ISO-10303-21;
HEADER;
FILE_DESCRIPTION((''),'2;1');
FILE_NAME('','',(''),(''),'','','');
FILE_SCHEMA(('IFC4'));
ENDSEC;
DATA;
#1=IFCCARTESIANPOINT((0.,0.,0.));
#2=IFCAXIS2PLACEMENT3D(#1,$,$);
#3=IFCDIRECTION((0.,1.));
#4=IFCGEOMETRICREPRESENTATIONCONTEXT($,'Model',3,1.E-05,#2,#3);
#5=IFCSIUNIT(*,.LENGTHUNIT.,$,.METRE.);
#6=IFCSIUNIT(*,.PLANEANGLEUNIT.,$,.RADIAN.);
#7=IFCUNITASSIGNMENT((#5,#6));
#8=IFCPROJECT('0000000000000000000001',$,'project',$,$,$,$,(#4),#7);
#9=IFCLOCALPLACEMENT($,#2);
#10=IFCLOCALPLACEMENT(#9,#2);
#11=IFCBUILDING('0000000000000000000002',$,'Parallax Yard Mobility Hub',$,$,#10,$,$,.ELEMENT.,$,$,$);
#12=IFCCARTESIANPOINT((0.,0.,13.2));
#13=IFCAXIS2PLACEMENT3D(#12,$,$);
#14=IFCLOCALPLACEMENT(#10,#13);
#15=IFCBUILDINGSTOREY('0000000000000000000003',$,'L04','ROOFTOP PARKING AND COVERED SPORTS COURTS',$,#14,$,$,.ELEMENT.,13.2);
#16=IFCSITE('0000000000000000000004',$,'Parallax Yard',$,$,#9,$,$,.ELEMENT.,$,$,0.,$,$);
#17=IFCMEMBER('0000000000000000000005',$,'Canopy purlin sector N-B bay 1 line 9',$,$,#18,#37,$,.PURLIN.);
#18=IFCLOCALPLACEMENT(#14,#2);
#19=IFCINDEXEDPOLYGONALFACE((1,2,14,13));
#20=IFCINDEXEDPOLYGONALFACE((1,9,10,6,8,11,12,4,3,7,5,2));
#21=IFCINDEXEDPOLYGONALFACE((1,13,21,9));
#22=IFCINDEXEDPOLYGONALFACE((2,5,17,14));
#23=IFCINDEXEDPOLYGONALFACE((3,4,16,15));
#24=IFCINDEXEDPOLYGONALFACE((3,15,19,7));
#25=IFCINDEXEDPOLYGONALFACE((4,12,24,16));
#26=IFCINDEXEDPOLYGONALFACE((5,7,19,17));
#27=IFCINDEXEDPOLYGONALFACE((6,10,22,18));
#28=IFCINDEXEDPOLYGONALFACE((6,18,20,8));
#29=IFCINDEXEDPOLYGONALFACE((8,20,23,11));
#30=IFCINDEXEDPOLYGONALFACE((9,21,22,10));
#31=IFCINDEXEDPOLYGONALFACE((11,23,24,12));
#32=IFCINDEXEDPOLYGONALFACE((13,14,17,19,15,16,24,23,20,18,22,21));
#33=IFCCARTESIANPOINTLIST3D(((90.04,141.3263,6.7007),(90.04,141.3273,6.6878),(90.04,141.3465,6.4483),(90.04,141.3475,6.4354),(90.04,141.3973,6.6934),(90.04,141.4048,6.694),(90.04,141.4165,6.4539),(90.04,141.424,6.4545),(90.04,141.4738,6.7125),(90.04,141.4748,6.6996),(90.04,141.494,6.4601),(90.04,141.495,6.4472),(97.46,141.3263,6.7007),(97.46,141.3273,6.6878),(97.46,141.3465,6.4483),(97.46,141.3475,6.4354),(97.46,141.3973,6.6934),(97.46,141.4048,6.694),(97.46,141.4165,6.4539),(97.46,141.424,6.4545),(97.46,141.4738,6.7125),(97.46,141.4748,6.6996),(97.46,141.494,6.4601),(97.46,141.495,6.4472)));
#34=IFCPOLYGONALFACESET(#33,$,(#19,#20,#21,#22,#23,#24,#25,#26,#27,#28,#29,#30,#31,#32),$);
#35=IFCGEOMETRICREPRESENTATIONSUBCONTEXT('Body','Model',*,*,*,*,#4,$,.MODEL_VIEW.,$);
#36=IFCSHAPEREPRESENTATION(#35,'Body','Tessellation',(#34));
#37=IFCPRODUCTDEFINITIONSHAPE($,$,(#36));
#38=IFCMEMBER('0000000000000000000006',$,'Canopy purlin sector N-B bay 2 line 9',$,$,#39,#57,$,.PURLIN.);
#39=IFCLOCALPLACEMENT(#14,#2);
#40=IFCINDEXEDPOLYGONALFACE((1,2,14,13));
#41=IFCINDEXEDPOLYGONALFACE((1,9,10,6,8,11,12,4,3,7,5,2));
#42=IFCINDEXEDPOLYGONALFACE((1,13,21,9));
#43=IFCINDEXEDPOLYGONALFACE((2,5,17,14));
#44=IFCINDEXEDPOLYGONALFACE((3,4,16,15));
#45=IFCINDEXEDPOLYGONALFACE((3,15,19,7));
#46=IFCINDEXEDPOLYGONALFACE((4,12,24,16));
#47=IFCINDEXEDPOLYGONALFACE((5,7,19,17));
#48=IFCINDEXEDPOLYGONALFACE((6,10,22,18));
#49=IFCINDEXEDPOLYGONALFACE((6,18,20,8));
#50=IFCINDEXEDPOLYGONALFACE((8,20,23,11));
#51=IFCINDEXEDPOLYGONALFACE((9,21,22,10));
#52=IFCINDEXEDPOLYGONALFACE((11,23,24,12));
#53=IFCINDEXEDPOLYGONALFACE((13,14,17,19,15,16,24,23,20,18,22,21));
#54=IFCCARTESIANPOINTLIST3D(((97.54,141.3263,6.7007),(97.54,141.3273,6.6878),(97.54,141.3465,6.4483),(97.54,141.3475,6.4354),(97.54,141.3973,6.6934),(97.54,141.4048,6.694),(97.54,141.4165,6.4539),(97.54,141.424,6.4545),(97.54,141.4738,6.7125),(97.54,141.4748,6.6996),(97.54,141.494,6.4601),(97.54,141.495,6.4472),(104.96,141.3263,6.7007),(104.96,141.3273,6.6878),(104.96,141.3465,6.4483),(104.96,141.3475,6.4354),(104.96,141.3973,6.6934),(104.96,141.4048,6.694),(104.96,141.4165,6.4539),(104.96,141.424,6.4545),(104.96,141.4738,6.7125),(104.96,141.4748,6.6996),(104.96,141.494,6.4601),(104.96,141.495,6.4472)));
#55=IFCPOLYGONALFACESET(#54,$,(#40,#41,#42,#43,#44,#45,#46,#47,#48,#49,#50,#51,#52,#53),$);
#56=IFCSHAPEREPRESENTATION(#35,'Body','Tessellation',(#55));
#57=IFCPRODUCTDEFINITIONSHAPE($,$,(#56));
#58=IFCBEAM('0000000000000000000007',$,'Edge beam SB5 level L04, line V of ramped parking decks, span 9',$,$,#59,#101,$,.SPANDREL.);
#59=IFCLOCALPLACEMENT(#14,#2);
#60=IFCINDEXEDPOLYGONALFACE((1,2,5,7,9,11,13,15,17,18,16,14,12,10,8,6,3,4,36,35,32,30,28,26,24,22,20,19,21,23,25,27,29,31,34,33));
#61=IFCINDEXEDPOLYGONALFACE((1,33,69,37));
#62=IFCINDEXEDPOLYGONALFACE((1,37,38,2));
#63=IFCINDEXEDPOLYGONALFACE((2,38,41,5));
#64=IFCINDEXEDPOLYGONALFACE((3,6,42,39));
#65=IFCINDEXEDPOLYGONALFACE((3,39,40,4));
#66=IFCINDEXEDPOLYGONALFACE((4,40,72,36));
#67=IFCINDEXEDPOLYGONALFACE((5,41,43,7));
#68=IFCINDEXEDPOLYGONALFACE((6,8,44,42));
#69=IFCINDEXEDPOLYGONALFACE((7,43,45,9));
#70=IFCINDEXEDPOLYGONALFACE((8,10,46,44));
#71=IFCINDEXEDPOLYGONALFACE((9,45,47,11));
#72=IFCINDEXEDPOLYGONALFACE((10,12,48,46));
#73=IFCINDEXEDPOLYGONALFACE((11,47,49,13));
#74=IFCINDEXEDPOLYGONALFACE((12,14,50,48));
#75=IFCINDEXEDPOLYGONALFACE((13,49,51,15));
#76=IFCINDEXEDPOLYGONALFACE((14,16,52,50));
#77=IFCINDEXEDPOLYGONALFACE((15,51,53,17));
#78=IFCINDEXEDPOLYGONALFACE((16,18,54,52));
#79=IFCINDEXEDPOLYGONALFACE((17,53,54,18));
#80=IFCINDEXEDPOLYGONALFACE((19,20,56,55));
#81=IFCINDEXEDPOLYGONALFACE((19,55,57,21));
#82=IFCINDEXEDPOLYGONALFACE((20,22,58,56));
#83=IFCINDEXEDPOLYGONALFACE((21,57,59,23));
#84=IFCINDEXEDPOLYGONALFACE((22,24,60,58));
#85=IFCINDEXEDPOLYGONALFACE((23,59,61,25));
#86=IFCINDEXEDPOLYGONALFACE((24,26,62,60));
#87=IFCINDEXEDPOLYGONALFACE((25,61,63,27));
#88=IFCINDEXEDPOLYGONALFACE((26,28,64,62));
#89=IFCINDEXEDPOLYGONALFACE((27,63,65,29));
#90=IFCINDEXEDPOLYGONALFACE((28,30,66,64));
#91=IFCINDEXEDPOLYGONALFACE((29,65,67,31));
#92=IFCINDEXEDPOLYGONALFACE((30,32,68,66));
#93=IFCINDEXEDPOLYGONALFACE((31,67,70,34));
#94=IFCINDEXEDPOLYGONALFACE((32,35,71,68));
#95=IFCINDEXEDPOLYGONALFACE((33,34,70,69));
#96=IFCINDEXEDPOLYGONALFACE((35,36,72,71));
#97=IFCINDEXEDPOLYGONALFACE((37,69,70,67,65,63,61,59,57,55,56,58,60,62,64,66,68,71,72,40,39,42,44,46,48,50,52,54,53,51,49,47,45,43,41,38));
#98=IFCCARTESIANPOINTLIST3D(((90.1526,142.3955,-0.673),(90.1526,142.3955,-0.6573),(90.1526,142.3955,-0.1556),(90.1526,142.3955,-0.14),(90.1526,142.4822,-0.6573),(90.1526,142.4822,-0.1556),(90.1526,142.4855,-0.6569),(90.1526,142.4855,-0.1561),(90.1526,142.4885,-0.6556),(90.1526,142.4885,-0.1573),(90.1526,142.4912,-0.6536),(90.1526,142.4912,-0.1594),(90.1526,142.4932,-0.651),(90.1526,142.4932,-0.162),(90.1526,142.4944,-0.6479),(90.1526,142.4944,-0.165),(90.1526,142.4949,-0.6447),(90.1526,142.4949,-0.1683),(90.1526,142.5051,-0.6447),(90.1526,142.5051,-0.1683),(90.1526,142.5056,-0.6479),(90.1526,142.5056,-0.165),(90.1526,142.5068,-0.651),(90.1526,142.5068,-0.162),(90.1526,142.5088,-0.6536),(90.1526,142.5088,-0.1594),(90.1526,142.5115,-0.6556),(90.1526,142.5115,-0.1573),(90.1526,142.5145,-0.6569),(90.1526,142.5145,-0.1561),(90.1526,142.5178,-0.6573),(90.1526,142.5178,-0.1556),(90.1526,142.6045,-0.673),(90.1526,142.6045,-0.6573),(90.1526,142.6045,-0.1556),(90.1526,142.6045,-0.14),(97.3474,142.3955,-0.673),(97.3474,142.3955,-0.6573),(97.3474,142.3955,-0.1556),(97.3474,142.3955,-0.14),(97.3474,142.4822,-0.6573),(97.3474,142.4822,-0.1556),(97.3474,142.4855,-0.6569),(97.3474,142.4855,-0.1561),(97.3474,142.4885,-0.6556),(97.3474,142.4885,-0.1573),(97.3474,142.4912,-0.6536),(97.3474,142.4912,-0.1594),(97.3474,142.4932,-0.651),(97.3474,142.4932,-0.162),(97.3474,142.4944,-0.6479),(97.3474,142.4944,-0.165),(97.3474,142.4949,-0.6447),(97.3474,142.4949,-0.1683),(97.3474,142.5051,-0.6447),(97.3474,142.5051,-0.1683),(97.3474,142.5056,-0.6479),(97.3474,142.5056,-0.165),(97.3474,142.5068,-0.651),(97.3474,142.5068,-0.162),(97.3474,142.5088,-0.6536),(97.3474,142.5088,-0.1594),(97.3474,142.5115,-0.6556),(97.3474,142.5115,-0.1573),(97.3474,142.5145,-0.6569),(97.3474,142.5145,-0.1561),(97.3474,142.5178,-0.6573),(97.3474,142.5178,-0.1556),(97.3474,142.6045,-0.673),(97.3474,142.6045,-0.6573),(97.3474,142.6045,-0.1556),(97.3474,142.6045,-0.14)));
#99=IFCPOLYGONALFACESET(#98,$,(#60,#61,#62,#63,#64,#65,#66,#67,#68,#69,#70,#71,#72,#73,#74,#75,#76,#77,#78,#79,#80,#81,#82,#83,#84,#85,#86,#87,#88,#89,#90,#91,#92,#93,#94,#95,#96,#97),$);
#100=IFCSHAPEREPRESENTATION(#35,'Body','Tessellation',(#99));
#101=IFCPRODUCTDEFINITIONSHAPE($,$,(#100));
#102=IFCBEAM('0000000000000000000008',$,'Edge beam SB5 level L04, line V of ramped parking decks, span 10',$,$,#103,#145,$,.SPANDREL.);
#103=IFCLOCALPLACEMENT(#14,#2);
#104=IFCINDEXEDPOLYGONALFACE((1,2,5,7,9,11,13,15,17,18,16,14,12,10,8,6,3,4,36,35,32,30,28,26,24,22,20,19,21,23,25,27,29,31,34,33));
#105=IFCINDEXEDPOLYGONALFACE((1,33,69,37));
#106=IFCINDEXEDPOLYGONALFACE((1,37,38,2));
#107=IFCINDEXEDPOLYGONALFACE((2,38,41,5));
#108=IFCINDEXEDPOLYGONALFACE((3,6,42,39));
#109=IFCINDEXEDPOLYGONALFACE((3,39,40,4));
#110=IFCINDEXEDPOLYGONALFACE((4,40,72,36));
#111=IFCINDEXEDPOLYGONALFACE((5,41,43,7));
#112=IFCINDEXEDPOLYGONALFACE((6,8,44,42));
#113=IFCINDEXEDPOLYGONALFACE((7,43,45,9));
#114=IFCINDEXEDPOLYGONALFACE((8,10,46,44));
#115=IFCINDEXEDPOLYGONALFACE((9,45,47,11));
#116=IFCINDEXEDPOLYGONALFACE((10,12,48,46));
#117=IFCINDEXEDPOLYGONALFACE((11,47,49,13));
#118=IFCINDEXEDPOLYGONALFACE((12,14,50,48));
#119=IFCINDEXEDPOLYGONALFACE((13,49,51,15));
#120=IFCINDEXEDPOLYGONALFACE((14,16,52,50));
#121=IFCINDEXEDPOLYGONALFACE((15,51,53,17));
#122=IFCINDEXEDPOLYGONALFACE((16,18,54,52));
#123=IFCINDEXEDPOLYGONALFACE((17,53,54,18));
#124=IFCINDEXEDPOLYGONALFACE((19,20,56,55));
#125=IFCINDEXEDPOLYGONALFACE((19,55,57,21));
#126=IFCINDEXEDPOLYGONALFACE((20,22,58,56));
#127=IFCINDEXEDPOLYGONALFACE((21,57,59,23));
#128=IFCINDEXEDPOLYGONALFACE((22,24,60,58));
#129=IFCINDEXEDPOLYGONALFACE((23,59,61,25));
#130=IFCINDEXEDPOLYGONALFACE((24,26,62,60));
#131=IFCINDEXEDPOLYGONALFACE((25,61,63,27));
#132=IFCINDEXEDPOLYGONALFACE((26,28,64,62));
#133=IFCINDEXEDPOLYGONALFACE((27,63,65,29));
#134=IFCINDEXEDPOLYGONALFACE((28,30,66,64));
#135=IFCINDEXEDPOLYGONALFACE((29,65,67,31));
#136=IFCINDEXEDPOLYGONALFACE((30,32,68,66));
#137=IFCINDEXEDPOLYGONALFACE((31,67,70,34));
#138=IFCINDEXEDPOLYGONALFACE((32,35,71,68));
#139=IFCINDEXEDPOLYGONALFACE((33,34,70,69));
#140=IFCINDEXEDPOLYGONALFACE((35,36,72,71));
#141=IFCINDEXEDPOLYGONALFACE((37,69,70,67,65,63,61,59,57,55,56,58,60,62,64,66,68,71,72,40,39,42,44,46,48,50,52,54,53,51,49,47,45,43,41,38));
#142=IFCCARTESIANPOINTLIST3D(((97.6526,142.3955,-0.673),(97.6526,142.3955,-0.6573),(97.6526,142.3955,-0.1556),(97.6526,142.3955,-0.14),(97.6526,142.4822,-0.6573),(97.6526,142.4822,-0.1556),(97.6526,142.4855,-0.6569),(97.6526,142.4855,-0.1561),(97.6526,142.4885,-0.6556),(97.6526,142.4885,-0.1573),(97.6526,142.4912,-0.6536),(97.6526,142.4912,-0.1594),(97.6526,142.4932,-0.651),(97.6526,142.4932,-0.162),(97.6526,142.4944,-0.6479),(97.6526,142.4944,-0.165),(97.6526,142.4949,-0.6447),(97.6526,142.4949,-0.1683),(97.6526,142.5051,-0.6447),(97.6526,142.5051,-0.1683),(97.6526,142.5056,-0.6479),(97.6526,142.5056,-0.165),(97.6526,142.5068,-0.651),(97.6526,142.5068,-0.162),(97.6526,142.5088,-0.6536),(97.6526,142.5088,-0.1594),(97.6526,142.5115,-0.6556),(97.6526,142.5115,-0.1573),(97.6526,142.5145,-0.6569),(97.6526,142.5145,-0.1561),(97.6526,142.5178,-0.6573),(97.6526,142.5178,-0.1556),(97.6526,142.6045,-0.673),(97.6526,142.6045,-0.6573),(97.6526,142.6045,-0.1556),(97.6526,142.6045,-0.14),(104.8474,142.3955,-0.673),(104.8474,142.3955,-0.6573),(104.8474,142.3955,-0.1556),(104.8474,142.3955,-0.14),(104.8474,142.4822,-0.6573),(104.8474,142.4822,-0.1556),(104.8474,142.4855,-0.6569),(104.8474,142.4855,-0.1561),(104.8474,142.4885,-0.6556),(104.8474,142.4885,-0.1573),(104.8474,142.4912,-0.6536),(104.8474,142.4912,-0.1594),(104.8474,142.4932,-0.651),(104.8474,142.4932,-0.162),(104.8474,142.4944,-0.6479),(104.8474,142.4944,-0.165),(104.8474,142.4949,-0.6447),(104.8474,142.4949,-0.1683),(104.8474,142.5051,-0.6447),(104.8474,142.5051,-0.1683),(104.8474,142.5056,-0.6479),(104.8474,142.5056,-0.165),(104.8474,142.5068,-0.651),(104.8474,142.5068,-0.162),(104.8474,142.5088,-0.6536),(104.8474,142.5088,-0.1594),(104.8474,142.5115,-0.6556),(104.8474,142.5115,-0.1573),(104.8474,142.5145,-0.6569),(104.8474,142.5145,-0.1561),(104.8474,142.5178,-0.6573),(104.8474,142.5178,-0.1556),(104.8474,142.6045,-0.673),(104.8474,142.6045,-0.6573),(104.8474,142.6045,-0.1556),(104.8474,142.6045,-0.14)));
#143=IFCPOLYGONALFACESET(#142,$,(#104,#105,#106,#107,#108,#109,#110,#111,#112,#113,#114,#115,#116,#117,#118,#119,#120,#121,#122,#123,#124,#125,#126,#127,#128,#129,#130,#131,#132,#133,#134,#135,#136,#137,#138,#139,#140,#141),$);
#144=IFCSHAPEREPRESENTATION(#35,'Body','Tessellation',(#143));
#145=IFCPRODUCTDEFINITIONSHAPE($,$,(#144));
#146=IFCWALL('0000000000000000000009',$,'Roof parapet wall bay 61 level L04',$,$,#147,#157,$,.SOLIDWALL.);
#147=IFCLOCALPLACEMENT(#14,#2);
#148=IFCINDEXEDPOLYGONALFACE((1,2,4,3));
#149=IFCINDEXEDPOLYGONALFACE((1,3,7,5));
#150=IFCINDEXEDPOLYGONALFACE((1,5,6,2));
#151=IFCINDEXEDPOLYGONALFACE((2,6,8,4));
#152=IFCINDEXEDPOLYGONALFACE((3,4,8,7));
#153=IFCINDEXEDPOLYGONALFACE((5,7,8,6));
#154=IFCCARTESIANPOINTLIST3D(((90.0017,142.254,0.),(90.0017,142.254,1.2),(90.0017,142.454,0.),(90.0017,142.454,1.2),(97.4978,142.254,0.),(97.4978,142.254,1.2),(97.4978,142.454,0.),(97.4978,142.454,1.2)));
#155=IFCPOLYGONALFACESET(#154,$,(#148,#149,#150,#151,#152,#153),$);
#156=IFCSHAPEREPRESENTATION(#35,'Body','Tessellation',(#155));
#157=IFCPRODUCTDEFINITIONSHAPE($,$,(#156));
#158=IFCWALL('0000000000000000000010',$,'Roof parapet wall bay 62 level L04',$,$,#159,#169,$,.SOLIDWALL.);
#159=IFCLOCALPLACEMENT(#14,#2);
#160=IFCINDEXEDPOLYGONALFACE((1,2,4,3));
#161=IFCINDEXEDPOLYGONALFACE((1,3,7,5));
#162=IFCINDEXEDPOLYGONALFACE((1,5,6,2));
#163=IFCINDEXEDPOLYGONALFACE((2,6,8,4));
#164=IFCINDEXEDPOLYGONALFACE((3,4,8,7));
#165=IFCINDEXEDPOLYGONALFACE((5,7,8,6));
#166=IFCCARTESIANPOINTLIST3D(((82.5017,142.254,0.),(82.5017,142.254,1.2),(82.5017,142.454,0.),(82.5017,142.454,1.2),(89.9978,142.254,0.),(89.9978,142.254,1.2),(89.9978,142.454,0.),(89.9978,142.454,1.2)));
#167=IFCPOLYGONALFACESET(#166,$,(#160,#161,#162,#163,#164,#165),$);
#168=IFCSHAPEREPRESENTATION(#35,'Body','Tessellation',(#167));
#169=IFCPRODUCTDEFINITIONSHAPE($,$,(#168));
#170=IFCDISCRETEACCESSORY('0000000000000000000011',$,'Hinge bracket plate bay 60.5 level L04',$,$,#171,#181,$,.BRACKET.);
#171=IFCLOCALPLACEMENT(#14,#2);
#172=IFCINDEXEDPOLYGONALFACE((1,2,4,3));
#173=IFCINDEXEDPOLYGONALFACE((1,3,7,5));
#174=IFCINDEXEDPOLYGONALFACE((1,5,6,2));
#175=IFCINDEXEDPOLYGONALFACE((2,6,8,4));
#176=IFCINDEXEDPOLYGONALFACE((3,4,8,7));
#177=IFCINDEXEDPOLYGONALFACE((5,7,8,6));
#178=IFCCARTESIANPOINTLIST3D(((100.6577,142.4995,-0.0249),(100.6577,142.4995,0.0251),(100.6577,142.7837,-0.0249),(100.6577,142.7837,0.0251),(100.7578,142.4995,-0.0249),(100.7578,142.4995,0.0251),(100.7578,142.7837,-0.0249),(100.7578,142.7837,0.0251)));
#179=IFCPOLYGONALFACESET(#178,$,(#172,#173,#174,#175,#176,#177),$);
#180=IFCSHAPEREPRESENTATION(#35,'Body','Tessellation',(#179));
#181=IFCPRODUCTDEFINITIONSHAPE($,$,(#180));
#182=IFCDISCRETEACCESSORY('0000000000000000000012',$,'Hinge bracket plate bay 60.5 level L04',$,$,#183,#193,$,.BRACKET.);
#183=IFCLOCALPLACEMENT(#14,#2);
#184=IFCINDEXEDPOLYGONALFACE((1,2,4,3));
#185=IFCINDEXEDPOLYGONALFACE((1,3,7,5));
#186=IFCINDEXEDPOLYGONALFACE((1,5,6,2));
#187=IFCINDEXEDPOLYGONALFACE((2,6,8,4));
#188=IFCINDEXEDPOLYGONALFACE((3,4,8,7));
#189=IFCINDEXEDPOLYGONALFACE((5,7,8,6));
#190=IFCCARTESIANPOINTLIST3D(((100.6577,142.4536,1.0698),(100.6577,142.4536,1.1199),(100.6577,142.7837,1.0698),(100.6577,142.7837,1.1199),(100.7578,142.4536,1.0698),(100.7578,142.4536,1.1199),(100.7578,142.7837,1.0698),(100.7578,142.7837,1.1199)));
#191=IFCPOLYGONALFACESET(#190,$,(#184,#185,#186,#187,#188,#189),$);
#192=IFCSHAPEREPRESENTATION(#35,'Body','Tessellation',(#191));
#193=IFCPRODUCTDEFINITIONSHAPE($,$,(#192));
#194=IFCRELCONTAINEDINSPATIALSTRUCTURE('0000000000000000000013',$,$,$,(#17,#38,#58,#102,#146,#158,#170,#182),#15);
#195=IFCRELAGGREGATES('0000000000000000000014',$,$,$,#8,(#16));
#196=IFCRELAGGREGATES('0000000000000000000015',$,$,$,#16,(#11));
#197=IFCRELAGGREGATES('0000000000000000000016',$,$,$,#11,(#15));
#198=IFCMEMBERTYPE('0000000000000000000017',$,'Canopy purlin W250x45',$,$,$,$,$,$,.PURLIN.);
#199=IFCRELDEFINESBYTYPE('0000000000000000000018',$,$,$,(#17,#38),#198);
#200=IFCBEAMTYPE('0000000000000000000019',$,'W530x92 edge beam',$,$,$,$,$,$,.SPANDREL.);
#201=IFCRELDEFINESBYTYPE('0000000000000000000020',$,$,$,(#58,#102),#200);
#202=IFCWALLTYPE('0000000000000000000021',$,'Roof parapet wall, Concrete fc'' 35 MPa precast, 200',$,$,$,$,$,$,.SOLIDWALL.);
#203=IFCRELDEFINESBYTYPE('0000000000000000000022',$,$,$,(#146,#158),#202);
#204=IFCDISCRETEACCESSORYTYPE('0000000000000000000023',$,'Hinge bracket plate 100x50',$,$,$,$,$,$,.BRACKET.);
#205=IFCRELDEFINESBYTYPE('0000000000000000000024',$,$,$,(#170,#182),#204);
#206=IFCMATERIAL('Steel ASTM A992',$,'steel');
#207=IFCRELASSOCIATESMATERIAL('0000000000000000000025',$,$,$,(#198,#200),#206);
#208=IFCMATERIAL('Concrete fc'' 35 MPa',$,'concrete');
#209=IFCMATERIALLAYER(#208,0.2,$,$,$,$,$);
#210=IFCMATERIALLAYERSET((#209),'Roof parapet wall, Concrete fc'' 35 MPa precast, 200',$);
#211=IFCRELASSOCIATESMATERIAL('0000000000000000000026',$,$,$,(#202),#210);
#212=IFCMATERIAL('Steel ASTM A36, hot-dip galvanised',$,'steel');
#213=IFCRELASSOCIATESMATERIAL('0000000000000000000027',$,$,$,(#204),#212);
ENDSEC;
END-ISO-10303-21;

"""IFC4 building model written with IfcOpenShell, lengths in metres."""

from ifc_helpers import new_model, si_unit, direction, frame, frame_2d, origin, origin_2d, place, context, subcontext, project, spatial, rectangle, i_section, extrude, material, layer, layer_set, material_profile, profile_set, type_object, element, save


model = new_model("IFC4")

# Units and contexts
model_context = context("Model", 3, precision=1e-05, world=origin(), true_north=direction((0.0, 1.0)))
body_context = subcontext(model_context, "Body", "Model", "MODEL_VIEW")
ifc_project = project(units=[si_unit("LENGTHUNIT", "METRE"), si_unit("PLANEANGLEUNIT", "RADIAN")], contexts=[model_context])

# Site, building, storey
site_placement = place(None, origin())
site = spatial("IfcSite", under=ifc_project, at=site_placement, Name="Parallax Yard", CompositionType="ELEMENT", RefElevation=0.0)
building_placement = place(site_placement, origin())
building = spatial("IfcBuilding", under=site, at=building_placement, Name="Parallax Yard Mobility Hub", CompositionType="ELEMENT")
storey_placement = place(building_placement, frame((0.0, 0.0, 13.2)))
storey = spatial("IfcBuildingStorey", under=building, at=storey_placement, Name="L04", Description="ROOFTOP PARKING AND COVERED SPORTS COURTS", CompositionType="ELEMENT", Elevation=13.2)

# Members
ifc_material_1 = material(Name="Steel ASTM A992", Category="steel")
ifc_material_profile_1 = material_profile(ifc_material_1, i_section(OverallWidth=0.1479, OverallDepth=0.2661, WebThickness=0.0076, FlangeThickness=0.0129, at=origin_2d()), Name="W250x45")
ifc_profile_set_1 = profile_set([ifc_material_profile_1], Name="Steel ASTM A992")
member_type = type_object("IfcMemberType", Name="Canopy purlin W250x45", PredefinedType="PURLIN", material=ifc_profile_set_1)
for number, where, z_axis, x_axis, name in (
    (1, (90.04, 141.4106, 6.574), (1.0, 0.0, 0.0), (0.0, 0.996815, 0.079745), "Canopy purlin sector N-B bay 1 line 9"),
    (2, (97.54, 141.4106, 6.574), (1.0, 0.0, 0.0), (0.0, 0.996815, 0.079745), "Canopy purlin sector N-B bay 2 line 9"),
):
    element("IfcMember", number, at=place(storey_placement, frame(where, z_axis=z_axis, x_axis=x_axis)), inside=storey, type_object=member_type, Name=name, PredefinedType="PURLIN", context=body_context, shape_type="SweptSolid", body=[
        extrude(i_section(OverallWidth=0.1479, OverallDepth=0.2661, WebThickness=0.0076, FlangeThickness=0.0129, at=origin_2d()), origin(), (0.0, 0.0, 1.0), 7.4199),
    ])

# Beams
ifc_material_profile_2 = material_profile(ifc_material_1, i_section(OverallWidth=0.209, OverallDepth=0.533, WebThickness=0.0103, FlangeThickness=0.0156, FilletRadius=0.0127, at=origin_2d()), Name="W530x92")
ifc_profile_set_2 = profile_set([ifc_material_profile_2], Name="Steel ASTM A992")
beam_type = type_object("IfcBeamType", Name="W530x92 edge beam", PredefinedType="SPANDREL", material=ifc_profile_set_2)
for number, where, z_axis, x_axis, name in (
    (3, (90.1526, 142.5, -0.4065), (1.0, 0.0, 0.0), (0.0, 1.0, 0.0), "Edge beam SB5 level L04, line V of ramped parking decks, span 9"),
    (4, (97.6526, 142.5, -0.4065), (1.0, 0.0, 0.0), (0.0, 1.0, 0.0), "Edge beam SB5 level L04, line V of ramped parking decks, span 10"),
):
    element("IfcBeam", number, at=place(storey_placement, frame(where, z_axis=z_axis, x_axis=x_axis)), inside=storey, type_object=beam_type, Name=name, PredefinedType="SPANDREL", context=body_context, shape_type="SweptSolid", body=[
        extrude(i_section(OverallWidth=0.209, OverallDepth=0.533, WebThickness=0.0103, FlangeThickness=0.0156, FilletRadius=0.0127, at=origin_2d()), origin(), (0.0, 0.0, 1.0), 7.1948),
    ])

# Walls
ifc_material_2 = material(Name="Concrete fc' 35 MPa", Category="concrete")
ifc_layer = layer(ifc_material_2, 0.2)
ifc_layer_set = layer_set([ifc_layer], Name="Roof parapet wall, Concrete fc' 35 MPa precast, 200")
wall_type = type_object("IfcWallType", Name="Roof parapet wall, Concrete fc' 35 MPa precast, 200", PredefinedType="SOLIDWALL", material=ifc_layer_set)
for number, where, z_axis, x_axis, name in (
    (5, (97.4978, 142.354, 0.0), (0.0, 0.0, 1.0), (-1.0, 0.0, 0.0), "Roof parapet wall bay 61 level L04"),
    (6, (89.9978, 142.354, 0.0), (0.0, 0.0, 1.0), (-1.0, 0.0, 0.0), "Roof parapet wall bay 62 level L04"),
):
    element("IfcWall", number, at=place(storey_placement, frame(where, z_axis=z_axis, x_axis=x_axis)), inside=storey, type_object=wall_type, Name=name, PredefinedType="SOLIDWALL", context=body_context, shape_type="SweptSolid", body=[
        extrude(rectangle(XDim=7.4961, YDim=0.2, at=frame_2d((3.748, 0.0))), origin(), (0.0, 0.0, 1.0), 1.2),
    ])

# Discrete accessories
ifc_material_3 = material(Name="Steel ASTM A36, hot-dip galvanised", Category="steel")
discrete_accessory_type_1 = type_object("IfcDiscreteAccessoryType", Name="Hinge bracket plate 100x50", PredefinedType="BRACKET", material=ifc_material_3)
discrete_accessory_1_placement = place(storey_placement, frame((100.7078, 142.6416, -0.0249), z_axis=(0.0, 0.0, 1.0), x_axis=(0.0, 1.0, 0.0)))
element("IfcDiscreteAccessory", 7, at=discrete_accessory_1_placement, inside=storey, type_object=discrete_accessory_type_1, Name="Hinge bracket plate bay 60.5 level L04", PredefinedType="BRACKET", context=body_context, shape_type="SweptSolid", body=[
    extrude(rectangle(XDim=0.2842, YDim=0.1001, at=origin_2d()), origin(), (0.0, 0.0, 1.0), 0.05),
])
discrete_accessory_2_placement = place(storey_placement, frame((100.7078, 142.6187, 1.0698), z_axis=(0.0, 0.0, 1.0), x_axis=(0.0, 1.0, 0.0)))
element("IfcDiscreteAccessory", 8, at=discrete_accessory_2_placement, inside=storey, type_object=discrete_accessory_type_1, Name="Hinge bracket plate bay 60.5 level L04", PredefinedType="BRACKET", context=body_context, shape_type="SweptSolid", body=[
    extrude(rectangle(XDim=0.3301, YDim=0.1001, at=origin_2d()), origin(), (0.0, 0.0, 1.0), 0.05),
])

save(model, "model.ifc")
